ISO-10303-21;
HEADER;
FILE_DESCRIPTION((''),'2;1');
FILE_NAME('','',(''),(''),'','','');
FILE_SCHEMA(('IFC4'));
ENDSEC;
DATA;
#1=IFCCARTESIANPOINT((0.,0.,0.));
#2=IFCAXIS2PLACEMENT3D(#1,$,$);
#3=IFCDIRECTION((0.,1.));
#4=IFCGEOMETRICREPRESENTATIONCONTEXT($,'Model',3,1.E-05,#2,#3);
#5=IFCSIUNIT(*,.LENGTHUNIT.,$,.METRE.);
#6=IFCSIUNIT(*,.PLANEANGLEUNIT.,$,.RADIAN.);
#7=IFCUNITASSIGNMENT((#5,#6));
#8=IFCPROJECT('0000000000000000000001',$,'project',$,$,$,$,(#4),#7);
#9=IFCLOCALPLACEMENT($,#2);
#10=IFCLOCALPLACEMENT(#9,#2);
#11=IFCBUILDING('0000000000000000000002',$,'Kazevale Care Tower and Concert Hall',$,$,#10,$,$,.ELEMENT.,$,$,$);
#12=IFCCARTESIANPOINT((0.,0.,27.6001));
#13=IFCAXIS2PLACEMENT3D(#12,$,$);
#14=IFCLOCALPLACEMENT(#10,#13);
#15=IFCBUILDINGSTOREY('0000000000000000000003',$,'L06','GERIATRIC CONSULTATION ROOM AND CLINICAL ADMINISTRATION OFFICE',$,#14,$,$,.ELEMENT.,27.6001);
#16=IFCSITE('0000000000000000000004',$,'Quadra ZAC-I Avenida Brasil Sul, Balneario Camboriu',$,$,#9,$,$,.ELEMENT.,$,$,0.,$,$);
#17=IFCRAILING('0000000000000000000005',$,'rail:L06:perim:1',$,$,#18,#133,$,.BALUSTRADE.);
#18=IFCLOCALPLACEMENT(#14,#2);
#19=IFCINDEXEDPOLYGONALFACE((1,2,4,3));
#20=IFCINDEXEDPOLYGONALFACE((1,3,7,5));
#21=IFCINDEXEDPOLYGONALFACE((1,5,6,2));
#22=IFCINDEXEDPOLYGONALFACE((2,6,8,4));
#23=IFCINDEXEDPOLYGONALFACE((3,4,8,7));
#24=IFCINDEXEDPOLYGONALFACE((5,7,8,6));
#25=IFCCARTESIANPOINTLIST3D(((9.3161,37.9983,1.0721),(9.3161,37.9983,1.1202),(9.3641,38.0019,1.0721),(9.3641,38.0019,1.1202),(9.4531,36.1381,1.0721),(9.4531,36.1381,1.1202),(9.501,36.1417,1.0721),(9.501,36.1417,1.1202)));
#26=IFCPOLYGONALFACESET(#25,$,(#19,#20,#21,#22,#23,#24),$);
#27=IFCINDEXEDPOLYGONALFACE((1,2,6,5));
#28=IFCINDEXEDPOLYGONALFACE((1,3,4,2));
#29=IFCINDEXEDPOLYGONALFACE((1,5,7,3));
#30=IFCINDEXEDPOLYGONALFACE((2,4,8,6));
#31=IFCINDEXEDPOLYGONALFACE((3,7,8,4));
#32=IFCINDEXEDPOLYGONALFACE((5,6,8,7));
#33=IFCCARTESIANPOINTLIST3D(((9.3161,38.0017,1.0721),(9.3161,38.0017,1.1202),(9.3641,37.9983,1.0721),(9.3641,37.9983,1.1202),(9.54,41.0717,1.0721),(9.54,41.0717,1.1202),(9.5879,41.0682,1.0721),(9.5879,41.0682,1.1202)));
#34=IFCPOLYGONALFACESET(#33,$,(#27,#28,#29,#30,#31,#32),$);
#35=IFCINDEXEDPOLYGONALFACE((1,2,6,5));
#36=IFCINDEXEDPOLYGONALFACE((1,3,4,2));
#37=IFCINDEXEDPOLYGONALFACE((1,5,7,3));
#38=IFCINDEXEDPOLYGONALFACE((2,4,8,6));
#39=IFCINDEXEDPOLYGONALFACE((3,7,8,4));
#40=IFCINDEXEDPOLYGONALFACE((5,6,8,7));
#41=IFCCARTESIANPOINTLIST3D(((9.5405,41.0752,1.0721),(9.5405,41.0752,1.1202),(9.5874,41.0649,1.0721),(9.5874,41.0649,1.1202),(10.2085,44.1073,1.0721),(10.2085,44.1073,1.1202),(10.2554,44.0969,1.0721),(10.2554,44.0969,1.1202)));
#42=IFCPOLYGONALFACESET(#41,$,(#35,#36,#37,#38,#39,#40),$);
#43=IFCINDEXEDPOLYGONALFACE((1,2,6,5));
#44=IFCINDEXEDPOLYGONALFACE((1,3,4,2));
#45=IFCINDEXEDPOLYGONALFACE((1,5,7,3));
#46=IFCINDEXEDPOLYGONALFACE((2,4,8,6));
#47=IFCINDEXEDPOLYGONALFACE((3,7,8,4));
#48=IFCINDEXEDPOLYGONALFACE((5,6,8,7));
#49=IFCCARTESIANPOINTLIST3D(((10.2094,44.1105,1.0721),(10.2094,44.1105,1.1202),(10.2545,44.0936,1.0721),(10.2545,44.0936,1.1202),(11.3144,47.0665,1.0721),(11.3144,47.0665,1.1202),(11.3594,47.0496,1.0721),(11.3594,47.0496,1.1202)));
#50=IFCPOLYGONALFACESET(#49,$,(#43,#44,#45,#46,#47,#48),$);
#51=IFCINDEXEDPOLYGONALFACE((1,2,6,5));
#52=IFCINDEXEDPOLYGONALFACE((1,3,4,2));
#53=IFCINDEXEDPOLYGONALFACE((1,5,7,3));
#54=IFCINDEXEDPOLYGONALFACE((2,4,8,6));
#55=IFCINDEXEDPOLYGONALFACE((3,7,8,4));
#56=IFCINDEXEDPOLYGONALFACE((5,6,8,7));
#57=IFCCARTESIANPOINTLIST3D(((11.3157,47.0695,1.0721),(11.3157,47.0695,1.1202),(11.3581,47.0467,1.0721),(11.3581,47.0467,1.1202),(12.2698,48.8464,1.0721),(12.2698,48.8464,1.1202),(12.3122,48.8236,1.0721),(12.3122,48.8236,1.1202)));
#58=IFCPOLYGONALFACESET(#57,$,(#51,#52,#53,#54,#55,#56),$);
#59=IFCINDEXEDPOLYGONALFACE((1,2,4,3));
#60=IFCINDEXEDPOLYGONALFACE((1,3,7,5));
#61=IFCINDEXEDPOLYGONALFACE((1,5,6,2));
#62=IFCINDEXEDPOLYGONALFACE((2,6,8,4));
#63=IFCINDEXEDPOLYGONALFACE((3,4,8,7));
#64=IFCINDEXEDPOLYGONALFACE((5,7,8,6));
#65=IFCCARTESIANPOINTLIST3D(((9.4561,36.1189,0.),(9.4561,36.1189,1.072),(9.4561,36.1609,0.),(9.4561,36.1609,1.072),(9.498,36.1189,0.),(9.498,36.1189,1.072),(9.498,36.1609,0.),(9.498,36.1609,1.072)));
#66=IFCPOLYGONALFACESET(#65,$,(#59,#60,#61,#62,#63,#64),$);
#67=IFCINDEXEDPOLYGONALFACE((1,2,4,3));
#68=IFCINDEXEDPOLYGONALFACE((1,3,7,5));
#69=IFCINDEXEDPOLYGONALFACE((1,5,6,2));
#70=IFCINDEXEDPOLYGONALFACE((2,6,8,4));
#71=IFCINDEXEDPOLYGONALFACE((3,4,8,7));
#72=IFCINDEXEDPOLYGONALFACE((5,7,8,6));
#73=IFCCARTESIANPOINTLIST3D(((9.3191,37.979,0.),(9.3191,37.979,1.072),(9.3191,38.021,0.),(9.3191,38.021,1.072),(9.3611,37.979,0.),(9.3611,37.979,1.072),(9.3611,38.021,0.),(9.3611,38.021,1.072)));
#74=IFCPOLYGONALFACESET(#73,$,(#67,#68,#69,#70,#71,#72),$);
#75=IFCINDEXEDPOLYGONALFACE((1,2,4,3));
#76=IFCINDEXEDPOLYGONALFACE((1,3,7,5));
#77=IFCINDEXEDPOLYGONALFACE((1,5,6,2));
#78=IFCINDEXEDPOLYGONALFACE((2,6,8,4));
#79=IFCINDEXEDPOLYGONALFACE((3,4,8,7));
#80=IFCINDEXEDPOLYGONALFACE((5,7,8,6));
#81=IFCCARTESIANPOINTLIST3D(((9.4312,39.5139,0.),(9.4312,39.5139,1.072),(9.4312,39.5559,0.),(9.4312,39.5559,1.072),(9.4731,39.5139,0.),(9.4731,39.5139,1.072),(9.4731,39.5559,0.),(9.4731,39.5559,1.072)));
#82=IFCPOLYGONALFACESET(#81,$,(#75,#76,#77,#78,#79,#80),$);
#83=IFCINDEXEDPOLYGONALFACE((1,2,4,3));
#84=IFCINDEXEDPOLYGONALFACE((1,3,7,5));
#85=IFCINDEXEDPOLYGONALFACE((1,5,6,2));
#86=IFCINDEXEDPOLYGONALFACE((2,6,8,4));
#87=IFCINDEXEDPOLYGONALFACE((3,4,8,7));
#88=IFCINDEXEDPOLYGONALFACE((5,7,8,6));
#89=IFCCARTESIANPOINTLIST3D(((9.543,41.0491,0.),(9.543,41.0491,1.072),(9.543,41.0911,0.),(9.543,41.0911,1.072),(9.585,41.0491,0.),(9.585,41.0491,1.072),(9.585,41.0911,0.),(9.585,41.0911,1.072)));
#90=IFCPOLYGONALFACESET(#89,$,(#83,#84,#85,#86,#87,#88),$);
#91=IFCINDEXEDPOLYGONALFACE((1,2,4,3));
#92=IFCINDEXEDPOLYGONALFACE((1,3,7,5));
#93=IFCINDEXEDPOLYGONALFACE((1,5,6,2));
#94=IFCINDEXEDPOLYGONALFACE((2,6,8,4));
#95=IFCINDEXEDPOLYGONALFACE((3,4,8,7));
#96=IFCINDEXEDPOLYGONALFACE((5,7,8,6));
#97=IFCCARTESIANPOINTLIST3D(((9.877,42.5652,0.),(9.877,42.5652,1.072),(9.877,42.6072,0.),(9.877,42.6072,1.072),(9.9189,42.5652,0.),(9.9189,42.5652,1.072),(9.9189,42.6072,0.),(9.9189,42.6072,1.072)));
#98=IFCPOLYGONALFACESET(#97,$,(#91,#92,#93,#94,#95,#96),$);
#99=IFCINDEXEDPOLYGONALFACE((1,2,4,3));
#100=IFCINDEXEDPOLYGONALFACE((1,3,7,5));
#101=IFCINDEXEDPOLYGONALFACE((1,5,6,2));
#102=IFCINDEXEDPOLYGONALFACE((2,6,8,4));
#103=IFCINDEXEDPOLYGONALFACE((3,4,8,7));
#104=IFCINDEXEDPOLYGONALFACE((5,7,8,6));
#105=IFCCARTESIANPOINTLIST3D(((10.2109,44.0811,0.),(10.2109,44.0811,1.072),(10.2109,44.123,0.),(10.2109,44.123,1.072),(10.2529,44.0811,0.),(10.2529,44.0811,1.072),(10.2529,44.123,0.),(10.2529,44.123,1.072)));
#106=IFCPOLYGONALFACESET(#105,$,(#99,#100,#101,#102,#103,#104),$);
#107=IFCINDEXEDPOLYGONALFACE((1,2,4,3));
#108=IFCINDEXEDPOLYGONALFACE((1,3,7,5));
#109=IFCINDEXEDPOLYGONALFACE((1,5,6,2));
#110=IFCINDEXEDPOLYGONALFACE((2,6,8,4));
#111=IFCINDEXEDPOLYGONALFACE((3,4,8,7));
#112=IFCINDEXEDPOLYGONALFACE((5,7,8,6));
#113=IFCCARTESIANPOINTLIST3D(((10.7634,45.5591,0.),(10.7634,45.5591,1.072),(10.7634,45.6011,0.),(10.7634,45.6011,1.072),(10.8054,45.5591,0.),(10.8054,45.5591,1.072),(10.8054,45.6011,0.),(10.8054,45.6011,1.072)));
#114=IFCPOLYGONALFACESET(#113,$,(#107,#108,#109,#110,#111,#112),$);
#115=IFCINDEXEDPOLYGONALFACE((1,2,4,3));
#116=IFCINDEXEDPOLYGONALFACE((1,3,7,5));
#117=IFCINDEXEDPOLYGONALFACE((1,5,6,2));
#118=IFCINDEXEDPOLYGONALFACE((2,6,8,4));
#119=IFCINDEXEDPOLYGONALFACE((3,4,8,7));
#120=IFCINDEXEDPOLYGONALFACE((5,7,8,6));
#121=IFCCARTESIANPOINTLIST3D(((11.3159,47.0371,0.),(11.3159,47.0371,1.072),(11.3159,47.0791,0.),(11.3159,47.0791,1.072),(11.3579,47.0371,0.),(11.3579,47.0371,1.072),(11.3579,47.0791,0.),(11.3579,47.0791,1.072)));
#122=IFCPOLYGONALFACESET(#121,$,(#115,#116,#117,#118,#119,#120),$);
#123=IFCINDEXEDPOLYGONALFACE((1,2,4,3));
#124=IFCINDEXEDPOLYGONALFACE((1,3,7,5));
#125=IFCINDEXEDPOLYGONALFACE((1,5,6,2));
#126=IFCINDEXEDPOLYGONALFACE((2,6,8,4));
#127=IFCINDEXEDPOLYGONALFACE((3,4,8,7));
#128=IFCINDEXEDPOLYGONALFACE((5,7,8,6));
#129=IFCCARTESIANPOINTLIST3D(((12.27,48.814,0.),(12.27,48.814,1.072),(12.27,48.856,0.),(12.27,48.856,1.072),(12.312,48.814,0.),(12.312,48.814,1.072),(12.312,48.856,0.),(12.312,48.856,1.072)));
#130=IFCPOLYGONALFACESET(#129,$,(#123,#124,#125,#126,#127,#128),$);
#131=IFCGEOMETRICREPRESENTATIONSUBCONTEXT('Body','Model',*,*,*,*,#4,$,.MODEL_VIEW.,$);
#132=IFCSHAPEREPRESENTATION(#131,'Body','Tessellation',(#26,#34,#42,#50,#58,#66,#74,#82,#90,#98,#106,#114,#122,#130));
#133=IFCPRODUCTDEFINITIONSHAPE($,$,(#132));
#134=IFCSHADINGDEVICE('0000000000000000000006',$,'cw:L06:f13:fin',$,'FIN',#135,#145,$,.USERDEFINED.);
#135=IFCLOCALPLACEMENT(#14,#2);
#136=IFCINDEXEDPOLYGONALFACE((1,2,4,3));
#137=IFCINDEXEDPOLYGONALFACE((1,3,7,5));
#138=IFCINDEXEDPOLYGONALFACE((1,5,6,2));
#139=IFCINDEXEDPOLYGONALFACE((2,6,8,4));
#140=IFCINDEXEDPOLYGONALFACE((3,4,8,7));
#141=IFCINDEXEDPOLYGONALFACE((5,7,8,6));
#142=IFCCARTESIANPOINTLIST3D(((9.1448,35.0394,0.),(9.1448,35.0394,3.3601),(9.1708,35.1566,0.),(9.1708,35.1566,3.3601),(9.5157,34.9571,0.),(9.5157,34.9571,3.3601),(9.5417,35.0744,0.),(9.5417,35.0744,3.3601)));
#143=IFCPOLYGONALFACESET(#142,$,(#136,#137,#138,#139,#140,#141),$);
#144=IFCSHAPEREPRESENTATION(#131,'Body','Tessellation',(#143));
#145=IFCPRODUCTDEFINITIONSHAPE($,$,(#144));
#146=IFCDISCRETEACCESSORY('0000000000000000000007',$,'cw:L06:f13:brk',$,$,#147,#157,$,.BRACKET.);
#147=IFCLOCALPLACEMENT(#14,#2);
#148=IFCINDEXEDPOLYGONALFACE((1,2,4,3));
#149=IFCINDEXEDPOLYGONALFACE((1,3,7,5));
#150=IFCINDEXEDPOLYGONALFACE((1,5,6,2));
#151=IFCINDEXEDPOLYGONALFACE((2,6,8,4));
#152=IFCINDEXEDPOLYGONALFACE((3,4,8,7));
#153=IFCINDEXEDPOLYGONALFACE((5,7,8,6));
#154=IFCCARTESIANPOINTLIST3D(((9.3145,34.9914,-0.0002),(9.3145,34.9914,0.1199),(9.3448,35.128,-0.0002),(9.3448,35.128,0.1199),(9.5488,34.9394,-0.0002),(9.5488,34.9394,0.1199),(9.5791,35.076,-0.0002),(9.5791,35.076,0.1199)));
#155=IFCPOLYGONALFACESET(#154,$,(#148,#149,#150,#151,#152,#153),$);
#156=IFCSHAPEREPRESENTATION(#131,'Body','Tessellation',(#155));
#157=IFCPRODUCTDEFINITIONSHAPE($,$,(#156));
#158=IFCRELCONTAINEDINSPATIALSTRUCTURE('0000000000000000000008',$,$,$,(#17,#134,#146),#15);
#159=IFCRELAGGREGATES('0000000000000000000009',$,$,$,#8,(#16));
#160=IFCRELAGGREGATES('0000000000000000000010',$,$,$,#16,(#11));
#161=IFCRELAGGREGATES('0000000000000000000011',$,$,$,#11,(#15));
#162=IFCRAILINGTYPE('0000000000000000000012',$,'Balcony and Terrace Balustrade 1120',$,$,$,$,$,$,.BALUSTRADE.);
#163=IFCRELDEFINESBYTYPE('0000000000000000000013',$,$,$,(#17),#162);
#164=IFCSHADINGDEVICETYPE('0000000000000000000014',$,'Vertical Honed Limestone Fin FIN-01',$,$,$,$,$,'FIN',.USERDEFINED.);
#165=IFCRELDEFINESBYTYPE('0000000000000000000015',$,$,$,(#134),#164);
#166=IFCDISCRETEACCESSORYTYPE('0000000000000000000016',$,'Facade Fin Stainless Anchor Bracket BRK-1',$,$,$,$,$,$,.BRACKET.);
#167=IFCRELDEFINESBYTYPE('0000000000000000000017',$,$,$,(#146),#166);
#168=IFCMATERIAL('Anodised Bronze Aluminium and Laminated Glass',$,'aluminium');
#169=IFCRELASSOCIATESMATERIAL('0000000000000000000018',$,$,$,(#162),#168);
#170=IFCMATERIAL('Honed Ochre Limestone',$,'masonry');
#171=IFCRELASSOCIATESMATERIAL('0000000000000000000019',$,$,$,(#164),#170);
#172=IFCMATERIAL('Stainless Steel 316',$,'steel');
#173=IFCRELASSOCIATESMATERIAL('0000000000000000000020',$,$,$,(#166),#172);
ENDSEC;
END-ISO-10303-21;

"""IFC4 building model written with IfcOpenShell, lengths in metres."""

from ifc_helpers import new_model, si_unit, direction, frame, origin, origin_2d, place, context, subcontext, project, spatial, rectangle, extrude, material, type_object, element, save


model = new_model("IFC4")

# Units and contexts
model_context = context("Model", 3, precision=1e-05, world=origin(), true_north=direction((0.0, 1.0)))
body_context = subcontext(model_context, "Body", "Model", "MODEL_VIEW")
ifc_project = project(units=[si_unit("LENGTHUNIT", "METRE"), si_unit("PLANEANGLEUNIT", "RADIAN")], contexts=[model_context])

# Site, building, storey
site_placement = place(None, origin())
site = spatial("IfcSite", under=ifc_project, at=site_placement, Name="Quadra ZAC-I Avenida Brasil Sul, Balneario Camboriu", CompositionType="ELEMENT", RefElevation=0.0)
building_placement = place(site_placement, origin())
building = spatial("IfcBuilding", under=site, at=building_placement, Name="Kazevale Care Tower and Concert Hall", CompositionType="ELEMENT")
storey_placement = place(building_placement, frame((0.0, 0.0, 27.6001)))
storey = spatial("IfcBuildingStorey", under=building, at=storey_placement, Name="L06", Description="GERIATRIC CONSULTATION ROOM AND CLINICAL ADMINISTRATION OFFICE", CompositionType="ELEMENT", Elevation=27.6001)

# Railing
ifc_material_1 = material(Name="Anodised Bronze Aluminium and Laminated Glass", Category="aluminium")
railing_type = type_object("IfcRailingType", Name="Balcony and Terrace Balustrade 1120", PredefinedType="BALUSTRADE", material=ifc_material_1)
railing_placement = place(storey_placement, frame((9.4771, 36.1399, 0.0)))
element("IfcRailing", 1, at=railing_placement, inside=storey, type_object=railing_type, Name="rail:L06:perim:1", PredefinedType="BALUSTRADE", context=body_context, shape_type="SweptSolid", body=[
    extrude(rectangle(XDim=0.0481, YDim=0.0481, at=origin_2d()), frame((0.0, 0.0, 1.0962), z_axis=(-0.073433, 0.9973, 0.0), x_axis=(-0.9973, -0.073433, 0.0)), (0.0, 0.0, 1.0), 1.8652),
    extrude(rectangle(XDim=0.0481, YDim=0.0481, at=origin_2d()), frame((-0.137, 1.8601, 1.0962), z_axis=(0.072729, 0.997352, 0.0), x_axis=(-0.997352, 0.072729, 0.0)), (0.0, 0.0, 1.0), 3.0781),
    extrude(rectangle(XDim=0.0481, YDim=0.0481, at=origin_2d()), frame((0.0869, 4.9302, 1.0962), z_axis=(0.215148, 0.976581, 0.0), x_axis=(-0.976581, 0.215148, 0.0)), (0.0, 0.0, 1.0), 3.1047),
    extrude(rectangle(XDim=0.0481, YDim=0.0481, at=origin_2d()), frame((0.7549, 7.9622, 1.0962), z_axis=(0.35014, 0.936697, 0.0), x_axis=(-0.936697, 0.35014, 0.0)), (0.0, 0.0, 1.0), 3.1558),
    extrude(rectangle(XDim=0.0481, YDim=0.0481, at=origin_2d()), frame((1.8599, 10.9182, 1.0962), z_axis=(0.473074, 0.881022, 0.0), x_axis=(-0.881022, 0.473074, 0.0)), (0.0, 0.0, 1.0), 2.0168),
    extrude(rectangle(XDim=0.042, YDim=0.042, at=origin_2d()), origin(), (0.0, 0.0, 1.0), 1.072),
    extrude(rectangle(XDim=0.042, YDim=0.042, at=origin_2d()), frame((-0.137, 1.8601, 0.0)), (0.0, 0.0, 1.0), 1.072),
    extrude(rectangle(XDim=0.042, YDim=0.042, at=origin_2d()), frame((-0.0249, 3.395, 0.0)), (0.0, 0.0, 1.0), 1.072),
    extrude(rectangle(XDim=0.042, YDim=0.042, at=origin_2d()), frame((0.0869, 4.9302, 0.0)), (0.0, 0.0, 1.0), 1.072),
    extrude(rectangle(XDim=0.042, YDim=0.042, at=origin_2d()), frame((0.4209, 6.4463, 0.0)), (0.0, 0.0, 1.0), 1.072),
    extrude(rectangle(XDim=0.042, YDim=0.042, at=origin_2d()), frame((0.7549, 7.9622, 0.0)), (0.0, 0.0, 1.0), 1.072),
    extrude(rectangle(XDim=0.042, YDim=0.042, at=origin_2d()), frame((1.3074, 9.4402, 0.0)), (0.0, 0.0, 1.0), 1.072),
    extrude(rectangle(XDim=0.042, YDim=0.042, at=origin_2d()), frame((1.8599, 10.9182, 0.0)), (0.0, 0.0, 1.0), 1.072),
    extrude(rectangle(XDim=0.042, YDim=0.042, at=origin_2d()), frame((2.814, 12.6951, 0.0)), (0.0, 0.0, 1.0), 1.072),
])

# Shading device
ifc_material_2 = material(Name="Honed Ochre Limestone", Category="masonry")
shading_device_type = type_object("IfcShadingDeviceType", Name="Vertical Honed Limestone Fin FIN-01", ElementType="FIN", PredefinedType="USERDEFINED", material=ifc_material_2)
shading_device_placement = place(storey_placement, frame((9.3433, 35.0569, 0.0), z_axis=(0.0, 0.0, 1.0), x_axis=(-0.976296, 0.21644, 0.0)))
element("IfcShadingDevice", 2, at=shading_device_placement, inside=storey, type_object=shading_device_type, Name="cw:L06:f13:fin", ObjectType="FIN", PredefinedType="USERDEFINED", context=body_context, shape_type="SweptSolid", body=[
    extrude(rectangle(XDim=0.3799, YDim=0.1201, at=origin_2d()), origin(), (0.0, 0.0, 1.0), 3.3601),
])

# Discrete accessory
ifc_material_3 = material(Name="Stainless Steel 316", Category="steel")
discrete_accessory_type = type_object("IfcDiscreteAccessoryType", Name="Facade Fin Stainless Anchor Bracket BRK-1", PredefinedType="BRACKET", material=ifc_material_3)
discrete_accessory_placement = place(storey_placement, frame((9.4468, 35.0337, -0.0002), z_axis=(0.0, 0.0, 1.0), x_axis=(-0.976296, 0.21644, 0.0)))
element("IfcDiscreteAccessory", 3, at=discrete_accessory_placement, inside=storey, type_object=discrete_accessory_type, Name="cw:L06:f13:brk", PredefinedType="BRACKET", context=body_context, shape_type="SweptSolid", body=[
    extrude(rectangle(XDim=0.24, YDim=0.1399, at=origin_2d()), origin(), (0.0, 0.0, 1.0), 0.1201),
])

save(model, "model.ifc")
